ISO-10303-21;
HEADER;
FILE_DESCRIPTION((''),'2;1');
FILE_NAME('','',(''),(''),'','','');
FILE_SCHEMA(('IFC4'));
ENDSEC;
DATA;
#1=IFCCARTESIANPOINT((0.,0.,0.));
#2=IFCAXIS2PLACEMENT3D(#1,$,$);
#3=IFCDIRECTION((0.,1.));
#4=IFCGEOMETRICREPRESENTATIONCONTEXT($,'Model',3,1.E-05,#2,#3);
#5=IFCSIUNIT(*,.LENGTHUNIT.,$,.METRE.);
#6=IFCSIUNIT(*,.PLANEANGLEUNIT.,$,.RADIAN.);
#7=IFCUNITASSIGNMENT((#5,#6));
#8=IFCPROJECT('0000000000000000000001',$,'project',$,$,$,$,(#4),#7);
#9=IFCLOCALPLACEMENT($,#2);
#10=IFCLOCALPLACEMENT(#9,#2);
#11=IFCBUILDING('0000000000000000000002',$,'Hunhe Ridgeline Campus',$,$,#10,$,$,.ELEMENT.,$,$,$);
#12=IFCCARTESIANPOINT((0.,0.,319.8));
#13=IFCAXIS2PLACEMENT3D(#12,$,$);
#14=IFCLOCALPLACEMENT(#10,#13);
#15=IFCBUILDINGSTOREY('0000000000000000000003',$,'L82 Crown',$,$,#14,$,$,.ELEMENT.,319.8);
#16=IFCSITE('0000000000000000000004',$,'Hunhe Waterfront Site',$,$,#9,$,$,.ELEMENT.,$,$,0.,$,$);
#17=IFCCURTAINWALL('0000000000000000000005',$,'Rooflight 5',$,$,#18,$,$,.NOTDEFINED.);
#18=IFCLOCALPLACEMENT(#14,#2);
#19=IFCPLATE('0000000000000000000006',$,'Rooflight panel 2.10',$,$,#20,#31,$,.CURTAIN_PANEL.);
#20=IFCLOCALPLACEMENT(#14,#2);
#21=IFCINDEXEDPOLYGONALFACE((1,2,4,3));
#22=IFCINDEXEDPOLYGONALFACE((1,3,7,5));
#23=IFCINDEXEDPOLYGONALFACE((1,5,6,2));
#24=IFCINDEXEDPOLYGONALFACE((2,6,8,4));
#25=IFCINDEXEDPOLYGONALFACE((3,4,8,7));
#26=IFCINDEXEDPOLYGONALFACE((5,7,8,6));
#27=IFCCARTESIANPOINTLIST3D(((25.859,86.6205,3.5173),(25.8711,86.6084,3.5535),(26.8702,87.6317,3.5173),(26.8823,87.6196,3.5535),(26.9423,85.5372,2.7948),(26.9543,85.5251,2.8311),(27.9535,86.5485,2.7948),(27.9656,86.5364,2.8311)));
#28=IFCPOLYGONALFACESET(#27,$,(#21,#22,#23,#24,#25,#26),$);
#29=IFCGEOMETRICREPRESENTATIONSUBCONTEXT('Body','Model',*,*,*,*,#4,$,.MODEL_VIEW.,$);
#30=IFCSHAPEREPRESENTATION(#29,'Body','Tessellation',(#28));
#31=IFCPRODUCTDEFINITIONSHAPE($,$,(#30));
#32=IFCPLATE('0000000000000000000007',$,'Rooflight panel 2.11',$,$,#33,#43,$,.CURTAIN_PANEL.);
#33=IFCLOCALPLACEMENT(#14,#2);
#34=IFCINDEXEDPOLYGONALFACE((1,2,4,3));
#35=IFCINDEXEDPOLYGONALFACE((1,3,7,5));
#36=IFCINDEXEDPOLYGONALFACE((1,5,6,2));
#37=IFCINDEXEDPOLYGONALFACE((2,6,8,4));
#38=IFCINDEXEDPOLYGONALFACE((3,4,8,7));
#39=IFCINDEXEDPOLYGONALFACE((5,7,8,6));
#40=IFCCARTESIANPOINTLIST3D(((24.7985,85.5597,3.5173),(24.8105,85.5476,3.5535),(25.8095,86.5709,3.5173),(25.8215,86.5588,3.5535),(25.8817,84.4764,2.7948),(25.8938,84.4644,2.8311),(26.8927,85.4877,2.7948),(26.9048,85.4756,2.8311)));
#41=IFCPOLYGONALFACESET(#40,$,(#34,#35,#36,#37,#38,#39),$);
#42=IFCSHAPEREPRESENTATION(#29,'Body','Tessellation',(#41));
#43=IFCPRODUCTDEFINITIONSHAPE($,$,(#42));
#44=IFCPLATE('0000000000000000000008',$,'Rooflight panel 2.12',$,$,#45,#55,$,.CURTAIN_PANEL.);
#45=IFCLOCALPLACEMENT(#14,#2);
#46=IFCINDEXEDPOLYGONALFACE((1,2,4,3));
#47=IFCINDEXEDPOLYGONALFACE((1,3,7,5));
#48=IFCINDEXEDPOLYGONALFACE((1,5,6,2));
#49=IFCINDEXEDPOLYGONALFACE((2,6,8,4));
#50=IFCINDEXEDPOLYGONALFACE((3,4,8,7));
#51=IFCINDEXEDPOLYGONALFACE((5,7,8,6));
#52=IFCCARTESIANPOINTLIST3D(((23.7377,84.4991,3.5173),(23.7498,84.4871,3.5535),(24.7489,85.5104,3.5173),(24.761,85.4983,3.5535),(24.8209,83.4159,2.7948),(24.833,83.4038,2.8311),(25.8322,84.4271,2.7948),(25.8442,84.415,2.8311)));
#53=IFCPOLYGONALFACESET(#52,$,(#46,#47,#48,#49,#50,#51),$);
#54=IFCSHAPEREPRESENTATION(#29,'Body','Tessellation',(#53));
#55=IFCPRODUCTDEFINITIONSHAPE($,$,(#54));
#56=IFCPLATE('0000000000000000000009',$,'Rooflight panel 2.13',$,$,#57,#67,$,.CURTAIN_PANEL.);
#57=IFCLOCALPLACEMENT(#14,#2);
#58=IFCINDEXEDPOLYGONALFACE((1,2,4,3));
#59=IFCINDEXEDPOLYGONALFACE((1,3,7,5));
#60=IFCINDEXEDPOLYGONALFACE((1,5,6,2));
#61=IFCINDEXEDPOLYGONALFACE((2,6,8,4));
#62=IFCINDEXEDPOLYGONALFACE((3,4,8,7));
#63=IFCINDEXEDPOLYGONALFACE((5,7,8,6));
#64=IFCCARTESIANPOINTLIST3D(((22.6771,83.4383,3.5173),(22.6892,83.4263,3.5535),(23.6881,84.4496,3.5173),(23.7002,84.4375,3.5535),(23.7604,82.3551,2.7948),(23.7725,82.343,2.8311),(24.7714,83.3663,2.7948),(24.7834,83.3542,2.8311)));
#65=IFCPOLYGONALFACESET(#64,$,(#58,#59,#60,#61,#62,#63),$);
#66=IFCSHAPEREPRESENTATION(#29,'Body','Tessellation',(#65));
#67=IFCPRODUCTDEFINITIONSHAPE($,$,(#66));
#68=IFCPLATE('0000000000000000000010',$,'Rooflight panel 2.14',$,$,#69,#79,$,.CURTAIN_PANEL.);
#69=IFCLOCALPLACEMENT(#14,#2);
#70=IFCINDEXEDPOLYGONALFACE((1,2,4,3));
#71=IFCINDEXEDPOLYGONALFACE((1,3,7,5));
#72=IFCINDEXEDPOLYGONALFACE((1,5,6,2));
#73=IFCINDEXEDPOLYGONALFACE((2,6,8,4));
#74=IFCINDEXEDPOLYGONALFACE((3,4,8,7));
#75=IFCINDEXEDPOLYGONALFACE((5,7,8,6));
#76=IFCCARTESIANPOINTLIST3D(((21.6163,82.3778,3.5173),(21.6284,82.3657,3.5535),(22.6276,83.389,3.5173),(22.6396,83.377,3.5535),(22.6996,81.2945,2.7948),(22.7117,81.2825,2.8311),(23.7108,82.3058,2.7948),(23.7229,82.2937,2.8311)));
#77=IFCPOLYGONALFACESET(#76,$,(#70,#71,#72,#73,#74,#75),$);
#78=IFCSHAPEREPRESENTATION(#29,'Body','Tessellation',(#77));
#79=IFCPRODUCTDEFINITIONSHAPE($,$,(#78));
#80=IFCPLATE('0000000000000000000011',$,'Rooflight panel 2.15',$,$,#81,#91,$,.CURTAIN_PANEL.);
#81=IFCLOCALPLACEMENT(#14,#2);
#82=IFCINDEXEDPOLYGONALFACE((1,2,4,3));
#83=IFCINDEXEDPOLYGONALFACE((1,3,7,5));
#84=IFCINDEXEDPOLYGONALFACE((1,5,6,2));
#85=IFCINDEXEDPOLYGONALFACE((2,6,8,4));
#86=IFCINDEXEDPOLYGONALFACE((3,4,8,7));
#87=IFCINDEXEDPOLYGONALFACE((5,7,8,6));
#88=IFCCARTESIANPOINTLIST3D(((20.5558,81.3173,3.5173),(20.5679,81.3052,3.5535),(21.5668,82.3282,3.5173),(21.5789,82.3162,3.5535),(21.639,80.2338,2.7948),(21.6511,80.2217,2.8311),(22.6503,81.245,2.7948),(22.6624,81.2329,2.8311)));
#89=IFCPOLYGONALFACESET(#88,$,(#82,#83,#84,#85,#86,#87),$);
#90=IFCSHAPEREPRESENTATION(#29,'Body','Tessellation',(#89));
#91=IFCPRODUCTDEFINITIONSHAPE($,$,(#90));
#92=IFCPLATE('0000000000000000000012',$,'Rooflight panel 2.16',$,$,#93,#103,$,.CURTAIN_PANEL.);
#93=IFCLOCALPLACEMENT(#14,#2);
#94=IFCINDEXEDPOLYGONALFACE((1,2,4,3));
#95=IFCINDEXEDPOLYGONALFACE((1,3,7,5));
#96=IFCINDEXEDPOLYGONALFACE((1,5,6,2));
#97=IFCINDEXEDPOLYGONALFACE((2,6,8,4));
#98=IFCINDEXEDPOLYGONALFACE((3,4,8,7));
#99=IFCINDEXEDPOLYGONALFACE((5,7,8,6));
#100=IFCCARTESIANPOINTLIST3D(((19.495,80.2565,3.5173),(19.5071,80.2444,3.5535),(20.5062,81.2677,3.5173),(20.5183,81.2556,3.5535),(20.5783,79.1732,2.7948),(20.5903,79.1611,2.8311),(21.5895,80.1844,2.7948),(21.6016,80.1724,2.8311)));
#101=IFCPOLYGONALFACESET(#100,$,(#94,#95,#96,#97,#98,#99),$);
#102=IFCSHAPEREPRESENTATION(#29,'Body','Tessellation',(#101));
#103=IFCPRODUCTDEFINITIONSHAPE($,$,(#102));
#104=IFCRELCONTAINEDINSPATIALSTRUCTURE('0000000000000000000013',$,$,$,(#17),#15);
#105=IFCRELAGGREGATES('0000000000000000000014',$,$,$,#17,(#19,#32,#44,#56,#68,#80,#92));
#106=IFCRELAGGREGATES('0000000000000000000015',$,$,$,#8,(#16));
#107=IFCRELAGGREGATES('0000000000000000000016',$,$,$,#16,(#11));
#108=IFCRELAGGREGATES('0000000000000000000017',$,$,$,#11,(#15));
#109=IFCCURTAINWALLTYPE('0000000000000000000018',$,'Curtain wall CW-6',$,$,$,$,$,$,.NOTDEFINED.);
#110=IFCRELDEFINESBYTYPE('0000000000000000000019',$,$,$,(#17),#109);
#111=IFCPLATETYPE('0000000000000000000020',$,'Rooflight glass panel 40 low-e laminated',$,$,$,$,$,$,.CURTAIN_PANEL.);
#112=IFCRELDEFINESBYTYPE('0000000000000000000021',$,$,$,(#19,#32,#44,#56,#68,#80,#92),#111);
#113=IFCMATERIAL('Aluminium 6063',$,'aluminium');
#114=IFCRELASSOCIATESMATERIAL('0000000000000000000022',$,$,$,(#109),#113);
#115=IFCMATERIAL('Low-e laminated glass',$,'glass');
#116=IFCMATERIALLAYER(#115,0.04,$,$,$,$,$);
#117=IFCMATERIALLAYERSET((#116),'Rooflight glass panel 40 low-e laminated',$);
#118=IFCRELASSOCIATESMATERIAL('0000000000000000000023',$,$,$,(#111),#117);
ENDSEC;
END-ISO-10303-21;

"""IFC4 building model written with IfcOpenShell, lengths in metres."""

from ifc_helpers import new_model, si_unit, direction, frame, origin, place, context, subcontext, project, spatial, polyline, outline, extrude, material, layer, layer_set, type_object, element, aggregate, save


model = new_model("IFC4")

# Units and contexts
model_context = context("Model", 3, precision=1e-05, world=origin(), true_north=direction((0.0, 1.0)))
body_context = subcontext(model_context, "Body", "Model", "MODEL_VIEW")
ifc_project = project(units=[si_unit("LENGTHUNIT", "METRE"), si_unit("PLANEANGLEUNIT", "RADIAN")], contexts=[model_context])

# Site, building, storey
site_placement = place(None, origin())
site = spatial("IfcSite", under=ifc_project, at=site_placement, Name="Hunhe Waterfront Site", CompositionType="ELEMENT", RefElevation=0.0)
building_placement = place(site_placement, origin())
building = spatial("IfcBuilding", under=site, at=building_placement, Name="Hunhe Ridgeline Campus", CompositionType="ELEMENT")
storey_placement = place(building_placement, frame((0.0, 0.0, 319.8)))
storey = spatial("IfcBuildingStorey", under=building, at=storey_placement, Name="L82 Crown", CompositionType="ELEMENT", Elevation=319.8)

# Curtain wall, plates
ifc_material_1 = material(Name="Aluminium 6063", Category="aluminium")
curtain_wall_type = type_object("IfcCurtainWallType", Name="Curtain wall CW-6", PredefinedType="NOTDEFINED", material=ifc_material_1)
curtain_wall_placement = place(storey_placement, origin())
curtain_wall = element("IfcCurtainWall", 1, at=curtain_wall_placement, inside=storey, type_object=curtain_wall_type, Name="Rooflight 5", PredefinedType="NOTDEFINED")
ifc_material_2 = material(Name="Low-e laminated glass", Category="glass")
ifc_layer = layer(ifc_material_2, 0.04)
ifc_layer_set = layer_set([ifc_layer], Name="Rooflight glass panel 40 low-e laminated")
plate_type = type_object("IfcPlateType", Name="Rooflight glass panel 40 low-e laminated", PredefinedType="CURTAIN_PANEL", material=ifc_layer_set)
plate_1_placement = place(storey_placement, frame((27.9656, 86.5364, 2.8311), z_axis=(0.301595, -0.301595, 0.904478), x_axis=(-0.639563, 0.639563, 0.426519)))
plate_1 = element("IfcPlate", 2, at=plate_1_placement, type_object=plate_type, Name="Rooflight panel 2.10", PredefinedType="CURTAIN_PANEL", context=body_context, shape_type="SweptSolid", body=[
    extrude(outline(polyline([(0.0, 0.0), (1.6937, 0.0), (1.6937, 1.4301), (0.0, 1.4301), (0.0, 0.0)])), origin(), (0.0, 0.0, -1.0), 0.04),
])
plate_2_placement = place(storey_placement, frame((26.9048, 85.4756, 2.8311), z_axis=(0.301631, -0.301558, 0.904478), x_axis=(-0.639563, 0.639563, 0.426519)))
plate_2 = element("IfcPlate", 3, at=plate_2_placement, type_object=plate_type, Name="Rooflight panel 2.11", PredefinedType="CURTAIN_PANEL", context=body_context, shape_type="SweptSolid", body=[
    extrude(outline(polyline([(0.0, 0.0), (1.6937, 0.0), (1.6936, 1.4299), (-0.0002, 1.4299), (0.0, 0.0)])), origin(), (0.0, 0.0, -1.0), 0.04),
])
plate_3_placement = place(storey_placement, frame((25.8442, 84.415, 2.8311), z_axis=(0.301595, -0.301595, 0.904478), x_axis=(-0.639563, 0.639563, 0.426519)))
plate_3 = element("IfcPlate", 4, at=plate_3_placement, type_object=plate_type, Name="Rooflight panel 2.12", PredefinedType="CURTAIN_PANEL", context=body_context, shape_type="SweptSolid", body=[
    extrude(outline(polyline([(0.0, 0.0), (1.6937, 0.0), (1.6937, 1.4301), (0.0, 1.4301), (0.0, 0.0)])), origin(), (0.0, 0.0, -1.0), 0.04),
])
plate_4_placement = place(storey_placement, frame((24.7834, 83.3542, 2.8311), z_axis=(0.301631, -0.301558, 0.904478), x_axis=(-0.639563, 0.639563, 0.426519)))
plate_4 = element("IfcPlate", 5, at=plate_4_placement, type_object=plate_type, Name="Rooflight panel 2.13", PredefinedType="CURTAIN_PANEL", context=body_context, shape_type="SweptSolid", body=[
    extrude(outline(polyline([(0.0, 0.0), (1.6937, 0.0), (1.6936, 1.4299), (-0.0002, 1.4299), (0.0, 0.0)])), origin(), (0.0, 0.0, -1.0), 0.04),
])
plate_5_placement = place(storey_placement, frame((23.7229, 82.2937, 2.8311), z_axis=(0.301595, -0.301595, 0.904478), x_axis=(-0.639563, 0.639563, 0.426519)))
plate_5 = element("IfcPlate", 6, at=plate_5_placement, type_object=plate_type, Name="Rooflight panel 2.14", PredefinedType="CURTAIN_PANEL", context=body_context, shape_type="SweptSolid", body=[
    extrude(outline(polyline([(0.0, 0.0), (1.6937, 0.0), (1.6937, 1.4301), (0.0, 1.4301), (0.0, 0.0)])), origin(), (0.0, 0.0, -1.0), 0.04),
])
plate_6_placement = place(storey_placement, frame((22.6624, 81.2329, 2.8311), z_axis=(0.301567, -0.301567, 0.904497), x_axis=(-0.639648, 0.639504, 0.42648)))
plate_6 = element("IfcPlate", 7, at=plate_6_placement, type_object=plate_type, Name="Rooflight panel 2.15", PredefinedType="CURTAIN_PANEL", context=body_context, shape_type="SweptSolid", body=[
    extrude(outline(polyline([(0.0, 0.0), (1.6939, 0.0), (1.694, 1.4298), (0.0001, 1.4301), (0.0, 0.0)])), origin(), (0.0, 0.0, -1.0), 0.04),
])
plate_7_placement = place(storey_placement, frame((21.6016, 80.1724, 2.8311), z_axis=(0.301595, -0.301595, 0.904478), x_axis=(-0.639563, 0.639563, 0.426519)))
plate_7 = element("IfcPlate", 8, at=plate_7_placement, type_object=plate_type, Name="Rooflight panel 2.16", PredefinedType="CURTAIN_PANEL", context=body_context, shape_type="SweptSolid", body=[
    extrude(outline(polyline([(0.0, 0.0), (1.6937, 0.0), (1.6937, 1.4301), (0.0, 1.4301), (0.0, 0.0)])), origin(), (0.0, 0.0, -1.0), 0.04),
])
aggregate(curtain_wall, [plate_1, plate_2, plate_3, plate_4, plate_5, plate_6, plate_7])

save(model, "model.ifc")
